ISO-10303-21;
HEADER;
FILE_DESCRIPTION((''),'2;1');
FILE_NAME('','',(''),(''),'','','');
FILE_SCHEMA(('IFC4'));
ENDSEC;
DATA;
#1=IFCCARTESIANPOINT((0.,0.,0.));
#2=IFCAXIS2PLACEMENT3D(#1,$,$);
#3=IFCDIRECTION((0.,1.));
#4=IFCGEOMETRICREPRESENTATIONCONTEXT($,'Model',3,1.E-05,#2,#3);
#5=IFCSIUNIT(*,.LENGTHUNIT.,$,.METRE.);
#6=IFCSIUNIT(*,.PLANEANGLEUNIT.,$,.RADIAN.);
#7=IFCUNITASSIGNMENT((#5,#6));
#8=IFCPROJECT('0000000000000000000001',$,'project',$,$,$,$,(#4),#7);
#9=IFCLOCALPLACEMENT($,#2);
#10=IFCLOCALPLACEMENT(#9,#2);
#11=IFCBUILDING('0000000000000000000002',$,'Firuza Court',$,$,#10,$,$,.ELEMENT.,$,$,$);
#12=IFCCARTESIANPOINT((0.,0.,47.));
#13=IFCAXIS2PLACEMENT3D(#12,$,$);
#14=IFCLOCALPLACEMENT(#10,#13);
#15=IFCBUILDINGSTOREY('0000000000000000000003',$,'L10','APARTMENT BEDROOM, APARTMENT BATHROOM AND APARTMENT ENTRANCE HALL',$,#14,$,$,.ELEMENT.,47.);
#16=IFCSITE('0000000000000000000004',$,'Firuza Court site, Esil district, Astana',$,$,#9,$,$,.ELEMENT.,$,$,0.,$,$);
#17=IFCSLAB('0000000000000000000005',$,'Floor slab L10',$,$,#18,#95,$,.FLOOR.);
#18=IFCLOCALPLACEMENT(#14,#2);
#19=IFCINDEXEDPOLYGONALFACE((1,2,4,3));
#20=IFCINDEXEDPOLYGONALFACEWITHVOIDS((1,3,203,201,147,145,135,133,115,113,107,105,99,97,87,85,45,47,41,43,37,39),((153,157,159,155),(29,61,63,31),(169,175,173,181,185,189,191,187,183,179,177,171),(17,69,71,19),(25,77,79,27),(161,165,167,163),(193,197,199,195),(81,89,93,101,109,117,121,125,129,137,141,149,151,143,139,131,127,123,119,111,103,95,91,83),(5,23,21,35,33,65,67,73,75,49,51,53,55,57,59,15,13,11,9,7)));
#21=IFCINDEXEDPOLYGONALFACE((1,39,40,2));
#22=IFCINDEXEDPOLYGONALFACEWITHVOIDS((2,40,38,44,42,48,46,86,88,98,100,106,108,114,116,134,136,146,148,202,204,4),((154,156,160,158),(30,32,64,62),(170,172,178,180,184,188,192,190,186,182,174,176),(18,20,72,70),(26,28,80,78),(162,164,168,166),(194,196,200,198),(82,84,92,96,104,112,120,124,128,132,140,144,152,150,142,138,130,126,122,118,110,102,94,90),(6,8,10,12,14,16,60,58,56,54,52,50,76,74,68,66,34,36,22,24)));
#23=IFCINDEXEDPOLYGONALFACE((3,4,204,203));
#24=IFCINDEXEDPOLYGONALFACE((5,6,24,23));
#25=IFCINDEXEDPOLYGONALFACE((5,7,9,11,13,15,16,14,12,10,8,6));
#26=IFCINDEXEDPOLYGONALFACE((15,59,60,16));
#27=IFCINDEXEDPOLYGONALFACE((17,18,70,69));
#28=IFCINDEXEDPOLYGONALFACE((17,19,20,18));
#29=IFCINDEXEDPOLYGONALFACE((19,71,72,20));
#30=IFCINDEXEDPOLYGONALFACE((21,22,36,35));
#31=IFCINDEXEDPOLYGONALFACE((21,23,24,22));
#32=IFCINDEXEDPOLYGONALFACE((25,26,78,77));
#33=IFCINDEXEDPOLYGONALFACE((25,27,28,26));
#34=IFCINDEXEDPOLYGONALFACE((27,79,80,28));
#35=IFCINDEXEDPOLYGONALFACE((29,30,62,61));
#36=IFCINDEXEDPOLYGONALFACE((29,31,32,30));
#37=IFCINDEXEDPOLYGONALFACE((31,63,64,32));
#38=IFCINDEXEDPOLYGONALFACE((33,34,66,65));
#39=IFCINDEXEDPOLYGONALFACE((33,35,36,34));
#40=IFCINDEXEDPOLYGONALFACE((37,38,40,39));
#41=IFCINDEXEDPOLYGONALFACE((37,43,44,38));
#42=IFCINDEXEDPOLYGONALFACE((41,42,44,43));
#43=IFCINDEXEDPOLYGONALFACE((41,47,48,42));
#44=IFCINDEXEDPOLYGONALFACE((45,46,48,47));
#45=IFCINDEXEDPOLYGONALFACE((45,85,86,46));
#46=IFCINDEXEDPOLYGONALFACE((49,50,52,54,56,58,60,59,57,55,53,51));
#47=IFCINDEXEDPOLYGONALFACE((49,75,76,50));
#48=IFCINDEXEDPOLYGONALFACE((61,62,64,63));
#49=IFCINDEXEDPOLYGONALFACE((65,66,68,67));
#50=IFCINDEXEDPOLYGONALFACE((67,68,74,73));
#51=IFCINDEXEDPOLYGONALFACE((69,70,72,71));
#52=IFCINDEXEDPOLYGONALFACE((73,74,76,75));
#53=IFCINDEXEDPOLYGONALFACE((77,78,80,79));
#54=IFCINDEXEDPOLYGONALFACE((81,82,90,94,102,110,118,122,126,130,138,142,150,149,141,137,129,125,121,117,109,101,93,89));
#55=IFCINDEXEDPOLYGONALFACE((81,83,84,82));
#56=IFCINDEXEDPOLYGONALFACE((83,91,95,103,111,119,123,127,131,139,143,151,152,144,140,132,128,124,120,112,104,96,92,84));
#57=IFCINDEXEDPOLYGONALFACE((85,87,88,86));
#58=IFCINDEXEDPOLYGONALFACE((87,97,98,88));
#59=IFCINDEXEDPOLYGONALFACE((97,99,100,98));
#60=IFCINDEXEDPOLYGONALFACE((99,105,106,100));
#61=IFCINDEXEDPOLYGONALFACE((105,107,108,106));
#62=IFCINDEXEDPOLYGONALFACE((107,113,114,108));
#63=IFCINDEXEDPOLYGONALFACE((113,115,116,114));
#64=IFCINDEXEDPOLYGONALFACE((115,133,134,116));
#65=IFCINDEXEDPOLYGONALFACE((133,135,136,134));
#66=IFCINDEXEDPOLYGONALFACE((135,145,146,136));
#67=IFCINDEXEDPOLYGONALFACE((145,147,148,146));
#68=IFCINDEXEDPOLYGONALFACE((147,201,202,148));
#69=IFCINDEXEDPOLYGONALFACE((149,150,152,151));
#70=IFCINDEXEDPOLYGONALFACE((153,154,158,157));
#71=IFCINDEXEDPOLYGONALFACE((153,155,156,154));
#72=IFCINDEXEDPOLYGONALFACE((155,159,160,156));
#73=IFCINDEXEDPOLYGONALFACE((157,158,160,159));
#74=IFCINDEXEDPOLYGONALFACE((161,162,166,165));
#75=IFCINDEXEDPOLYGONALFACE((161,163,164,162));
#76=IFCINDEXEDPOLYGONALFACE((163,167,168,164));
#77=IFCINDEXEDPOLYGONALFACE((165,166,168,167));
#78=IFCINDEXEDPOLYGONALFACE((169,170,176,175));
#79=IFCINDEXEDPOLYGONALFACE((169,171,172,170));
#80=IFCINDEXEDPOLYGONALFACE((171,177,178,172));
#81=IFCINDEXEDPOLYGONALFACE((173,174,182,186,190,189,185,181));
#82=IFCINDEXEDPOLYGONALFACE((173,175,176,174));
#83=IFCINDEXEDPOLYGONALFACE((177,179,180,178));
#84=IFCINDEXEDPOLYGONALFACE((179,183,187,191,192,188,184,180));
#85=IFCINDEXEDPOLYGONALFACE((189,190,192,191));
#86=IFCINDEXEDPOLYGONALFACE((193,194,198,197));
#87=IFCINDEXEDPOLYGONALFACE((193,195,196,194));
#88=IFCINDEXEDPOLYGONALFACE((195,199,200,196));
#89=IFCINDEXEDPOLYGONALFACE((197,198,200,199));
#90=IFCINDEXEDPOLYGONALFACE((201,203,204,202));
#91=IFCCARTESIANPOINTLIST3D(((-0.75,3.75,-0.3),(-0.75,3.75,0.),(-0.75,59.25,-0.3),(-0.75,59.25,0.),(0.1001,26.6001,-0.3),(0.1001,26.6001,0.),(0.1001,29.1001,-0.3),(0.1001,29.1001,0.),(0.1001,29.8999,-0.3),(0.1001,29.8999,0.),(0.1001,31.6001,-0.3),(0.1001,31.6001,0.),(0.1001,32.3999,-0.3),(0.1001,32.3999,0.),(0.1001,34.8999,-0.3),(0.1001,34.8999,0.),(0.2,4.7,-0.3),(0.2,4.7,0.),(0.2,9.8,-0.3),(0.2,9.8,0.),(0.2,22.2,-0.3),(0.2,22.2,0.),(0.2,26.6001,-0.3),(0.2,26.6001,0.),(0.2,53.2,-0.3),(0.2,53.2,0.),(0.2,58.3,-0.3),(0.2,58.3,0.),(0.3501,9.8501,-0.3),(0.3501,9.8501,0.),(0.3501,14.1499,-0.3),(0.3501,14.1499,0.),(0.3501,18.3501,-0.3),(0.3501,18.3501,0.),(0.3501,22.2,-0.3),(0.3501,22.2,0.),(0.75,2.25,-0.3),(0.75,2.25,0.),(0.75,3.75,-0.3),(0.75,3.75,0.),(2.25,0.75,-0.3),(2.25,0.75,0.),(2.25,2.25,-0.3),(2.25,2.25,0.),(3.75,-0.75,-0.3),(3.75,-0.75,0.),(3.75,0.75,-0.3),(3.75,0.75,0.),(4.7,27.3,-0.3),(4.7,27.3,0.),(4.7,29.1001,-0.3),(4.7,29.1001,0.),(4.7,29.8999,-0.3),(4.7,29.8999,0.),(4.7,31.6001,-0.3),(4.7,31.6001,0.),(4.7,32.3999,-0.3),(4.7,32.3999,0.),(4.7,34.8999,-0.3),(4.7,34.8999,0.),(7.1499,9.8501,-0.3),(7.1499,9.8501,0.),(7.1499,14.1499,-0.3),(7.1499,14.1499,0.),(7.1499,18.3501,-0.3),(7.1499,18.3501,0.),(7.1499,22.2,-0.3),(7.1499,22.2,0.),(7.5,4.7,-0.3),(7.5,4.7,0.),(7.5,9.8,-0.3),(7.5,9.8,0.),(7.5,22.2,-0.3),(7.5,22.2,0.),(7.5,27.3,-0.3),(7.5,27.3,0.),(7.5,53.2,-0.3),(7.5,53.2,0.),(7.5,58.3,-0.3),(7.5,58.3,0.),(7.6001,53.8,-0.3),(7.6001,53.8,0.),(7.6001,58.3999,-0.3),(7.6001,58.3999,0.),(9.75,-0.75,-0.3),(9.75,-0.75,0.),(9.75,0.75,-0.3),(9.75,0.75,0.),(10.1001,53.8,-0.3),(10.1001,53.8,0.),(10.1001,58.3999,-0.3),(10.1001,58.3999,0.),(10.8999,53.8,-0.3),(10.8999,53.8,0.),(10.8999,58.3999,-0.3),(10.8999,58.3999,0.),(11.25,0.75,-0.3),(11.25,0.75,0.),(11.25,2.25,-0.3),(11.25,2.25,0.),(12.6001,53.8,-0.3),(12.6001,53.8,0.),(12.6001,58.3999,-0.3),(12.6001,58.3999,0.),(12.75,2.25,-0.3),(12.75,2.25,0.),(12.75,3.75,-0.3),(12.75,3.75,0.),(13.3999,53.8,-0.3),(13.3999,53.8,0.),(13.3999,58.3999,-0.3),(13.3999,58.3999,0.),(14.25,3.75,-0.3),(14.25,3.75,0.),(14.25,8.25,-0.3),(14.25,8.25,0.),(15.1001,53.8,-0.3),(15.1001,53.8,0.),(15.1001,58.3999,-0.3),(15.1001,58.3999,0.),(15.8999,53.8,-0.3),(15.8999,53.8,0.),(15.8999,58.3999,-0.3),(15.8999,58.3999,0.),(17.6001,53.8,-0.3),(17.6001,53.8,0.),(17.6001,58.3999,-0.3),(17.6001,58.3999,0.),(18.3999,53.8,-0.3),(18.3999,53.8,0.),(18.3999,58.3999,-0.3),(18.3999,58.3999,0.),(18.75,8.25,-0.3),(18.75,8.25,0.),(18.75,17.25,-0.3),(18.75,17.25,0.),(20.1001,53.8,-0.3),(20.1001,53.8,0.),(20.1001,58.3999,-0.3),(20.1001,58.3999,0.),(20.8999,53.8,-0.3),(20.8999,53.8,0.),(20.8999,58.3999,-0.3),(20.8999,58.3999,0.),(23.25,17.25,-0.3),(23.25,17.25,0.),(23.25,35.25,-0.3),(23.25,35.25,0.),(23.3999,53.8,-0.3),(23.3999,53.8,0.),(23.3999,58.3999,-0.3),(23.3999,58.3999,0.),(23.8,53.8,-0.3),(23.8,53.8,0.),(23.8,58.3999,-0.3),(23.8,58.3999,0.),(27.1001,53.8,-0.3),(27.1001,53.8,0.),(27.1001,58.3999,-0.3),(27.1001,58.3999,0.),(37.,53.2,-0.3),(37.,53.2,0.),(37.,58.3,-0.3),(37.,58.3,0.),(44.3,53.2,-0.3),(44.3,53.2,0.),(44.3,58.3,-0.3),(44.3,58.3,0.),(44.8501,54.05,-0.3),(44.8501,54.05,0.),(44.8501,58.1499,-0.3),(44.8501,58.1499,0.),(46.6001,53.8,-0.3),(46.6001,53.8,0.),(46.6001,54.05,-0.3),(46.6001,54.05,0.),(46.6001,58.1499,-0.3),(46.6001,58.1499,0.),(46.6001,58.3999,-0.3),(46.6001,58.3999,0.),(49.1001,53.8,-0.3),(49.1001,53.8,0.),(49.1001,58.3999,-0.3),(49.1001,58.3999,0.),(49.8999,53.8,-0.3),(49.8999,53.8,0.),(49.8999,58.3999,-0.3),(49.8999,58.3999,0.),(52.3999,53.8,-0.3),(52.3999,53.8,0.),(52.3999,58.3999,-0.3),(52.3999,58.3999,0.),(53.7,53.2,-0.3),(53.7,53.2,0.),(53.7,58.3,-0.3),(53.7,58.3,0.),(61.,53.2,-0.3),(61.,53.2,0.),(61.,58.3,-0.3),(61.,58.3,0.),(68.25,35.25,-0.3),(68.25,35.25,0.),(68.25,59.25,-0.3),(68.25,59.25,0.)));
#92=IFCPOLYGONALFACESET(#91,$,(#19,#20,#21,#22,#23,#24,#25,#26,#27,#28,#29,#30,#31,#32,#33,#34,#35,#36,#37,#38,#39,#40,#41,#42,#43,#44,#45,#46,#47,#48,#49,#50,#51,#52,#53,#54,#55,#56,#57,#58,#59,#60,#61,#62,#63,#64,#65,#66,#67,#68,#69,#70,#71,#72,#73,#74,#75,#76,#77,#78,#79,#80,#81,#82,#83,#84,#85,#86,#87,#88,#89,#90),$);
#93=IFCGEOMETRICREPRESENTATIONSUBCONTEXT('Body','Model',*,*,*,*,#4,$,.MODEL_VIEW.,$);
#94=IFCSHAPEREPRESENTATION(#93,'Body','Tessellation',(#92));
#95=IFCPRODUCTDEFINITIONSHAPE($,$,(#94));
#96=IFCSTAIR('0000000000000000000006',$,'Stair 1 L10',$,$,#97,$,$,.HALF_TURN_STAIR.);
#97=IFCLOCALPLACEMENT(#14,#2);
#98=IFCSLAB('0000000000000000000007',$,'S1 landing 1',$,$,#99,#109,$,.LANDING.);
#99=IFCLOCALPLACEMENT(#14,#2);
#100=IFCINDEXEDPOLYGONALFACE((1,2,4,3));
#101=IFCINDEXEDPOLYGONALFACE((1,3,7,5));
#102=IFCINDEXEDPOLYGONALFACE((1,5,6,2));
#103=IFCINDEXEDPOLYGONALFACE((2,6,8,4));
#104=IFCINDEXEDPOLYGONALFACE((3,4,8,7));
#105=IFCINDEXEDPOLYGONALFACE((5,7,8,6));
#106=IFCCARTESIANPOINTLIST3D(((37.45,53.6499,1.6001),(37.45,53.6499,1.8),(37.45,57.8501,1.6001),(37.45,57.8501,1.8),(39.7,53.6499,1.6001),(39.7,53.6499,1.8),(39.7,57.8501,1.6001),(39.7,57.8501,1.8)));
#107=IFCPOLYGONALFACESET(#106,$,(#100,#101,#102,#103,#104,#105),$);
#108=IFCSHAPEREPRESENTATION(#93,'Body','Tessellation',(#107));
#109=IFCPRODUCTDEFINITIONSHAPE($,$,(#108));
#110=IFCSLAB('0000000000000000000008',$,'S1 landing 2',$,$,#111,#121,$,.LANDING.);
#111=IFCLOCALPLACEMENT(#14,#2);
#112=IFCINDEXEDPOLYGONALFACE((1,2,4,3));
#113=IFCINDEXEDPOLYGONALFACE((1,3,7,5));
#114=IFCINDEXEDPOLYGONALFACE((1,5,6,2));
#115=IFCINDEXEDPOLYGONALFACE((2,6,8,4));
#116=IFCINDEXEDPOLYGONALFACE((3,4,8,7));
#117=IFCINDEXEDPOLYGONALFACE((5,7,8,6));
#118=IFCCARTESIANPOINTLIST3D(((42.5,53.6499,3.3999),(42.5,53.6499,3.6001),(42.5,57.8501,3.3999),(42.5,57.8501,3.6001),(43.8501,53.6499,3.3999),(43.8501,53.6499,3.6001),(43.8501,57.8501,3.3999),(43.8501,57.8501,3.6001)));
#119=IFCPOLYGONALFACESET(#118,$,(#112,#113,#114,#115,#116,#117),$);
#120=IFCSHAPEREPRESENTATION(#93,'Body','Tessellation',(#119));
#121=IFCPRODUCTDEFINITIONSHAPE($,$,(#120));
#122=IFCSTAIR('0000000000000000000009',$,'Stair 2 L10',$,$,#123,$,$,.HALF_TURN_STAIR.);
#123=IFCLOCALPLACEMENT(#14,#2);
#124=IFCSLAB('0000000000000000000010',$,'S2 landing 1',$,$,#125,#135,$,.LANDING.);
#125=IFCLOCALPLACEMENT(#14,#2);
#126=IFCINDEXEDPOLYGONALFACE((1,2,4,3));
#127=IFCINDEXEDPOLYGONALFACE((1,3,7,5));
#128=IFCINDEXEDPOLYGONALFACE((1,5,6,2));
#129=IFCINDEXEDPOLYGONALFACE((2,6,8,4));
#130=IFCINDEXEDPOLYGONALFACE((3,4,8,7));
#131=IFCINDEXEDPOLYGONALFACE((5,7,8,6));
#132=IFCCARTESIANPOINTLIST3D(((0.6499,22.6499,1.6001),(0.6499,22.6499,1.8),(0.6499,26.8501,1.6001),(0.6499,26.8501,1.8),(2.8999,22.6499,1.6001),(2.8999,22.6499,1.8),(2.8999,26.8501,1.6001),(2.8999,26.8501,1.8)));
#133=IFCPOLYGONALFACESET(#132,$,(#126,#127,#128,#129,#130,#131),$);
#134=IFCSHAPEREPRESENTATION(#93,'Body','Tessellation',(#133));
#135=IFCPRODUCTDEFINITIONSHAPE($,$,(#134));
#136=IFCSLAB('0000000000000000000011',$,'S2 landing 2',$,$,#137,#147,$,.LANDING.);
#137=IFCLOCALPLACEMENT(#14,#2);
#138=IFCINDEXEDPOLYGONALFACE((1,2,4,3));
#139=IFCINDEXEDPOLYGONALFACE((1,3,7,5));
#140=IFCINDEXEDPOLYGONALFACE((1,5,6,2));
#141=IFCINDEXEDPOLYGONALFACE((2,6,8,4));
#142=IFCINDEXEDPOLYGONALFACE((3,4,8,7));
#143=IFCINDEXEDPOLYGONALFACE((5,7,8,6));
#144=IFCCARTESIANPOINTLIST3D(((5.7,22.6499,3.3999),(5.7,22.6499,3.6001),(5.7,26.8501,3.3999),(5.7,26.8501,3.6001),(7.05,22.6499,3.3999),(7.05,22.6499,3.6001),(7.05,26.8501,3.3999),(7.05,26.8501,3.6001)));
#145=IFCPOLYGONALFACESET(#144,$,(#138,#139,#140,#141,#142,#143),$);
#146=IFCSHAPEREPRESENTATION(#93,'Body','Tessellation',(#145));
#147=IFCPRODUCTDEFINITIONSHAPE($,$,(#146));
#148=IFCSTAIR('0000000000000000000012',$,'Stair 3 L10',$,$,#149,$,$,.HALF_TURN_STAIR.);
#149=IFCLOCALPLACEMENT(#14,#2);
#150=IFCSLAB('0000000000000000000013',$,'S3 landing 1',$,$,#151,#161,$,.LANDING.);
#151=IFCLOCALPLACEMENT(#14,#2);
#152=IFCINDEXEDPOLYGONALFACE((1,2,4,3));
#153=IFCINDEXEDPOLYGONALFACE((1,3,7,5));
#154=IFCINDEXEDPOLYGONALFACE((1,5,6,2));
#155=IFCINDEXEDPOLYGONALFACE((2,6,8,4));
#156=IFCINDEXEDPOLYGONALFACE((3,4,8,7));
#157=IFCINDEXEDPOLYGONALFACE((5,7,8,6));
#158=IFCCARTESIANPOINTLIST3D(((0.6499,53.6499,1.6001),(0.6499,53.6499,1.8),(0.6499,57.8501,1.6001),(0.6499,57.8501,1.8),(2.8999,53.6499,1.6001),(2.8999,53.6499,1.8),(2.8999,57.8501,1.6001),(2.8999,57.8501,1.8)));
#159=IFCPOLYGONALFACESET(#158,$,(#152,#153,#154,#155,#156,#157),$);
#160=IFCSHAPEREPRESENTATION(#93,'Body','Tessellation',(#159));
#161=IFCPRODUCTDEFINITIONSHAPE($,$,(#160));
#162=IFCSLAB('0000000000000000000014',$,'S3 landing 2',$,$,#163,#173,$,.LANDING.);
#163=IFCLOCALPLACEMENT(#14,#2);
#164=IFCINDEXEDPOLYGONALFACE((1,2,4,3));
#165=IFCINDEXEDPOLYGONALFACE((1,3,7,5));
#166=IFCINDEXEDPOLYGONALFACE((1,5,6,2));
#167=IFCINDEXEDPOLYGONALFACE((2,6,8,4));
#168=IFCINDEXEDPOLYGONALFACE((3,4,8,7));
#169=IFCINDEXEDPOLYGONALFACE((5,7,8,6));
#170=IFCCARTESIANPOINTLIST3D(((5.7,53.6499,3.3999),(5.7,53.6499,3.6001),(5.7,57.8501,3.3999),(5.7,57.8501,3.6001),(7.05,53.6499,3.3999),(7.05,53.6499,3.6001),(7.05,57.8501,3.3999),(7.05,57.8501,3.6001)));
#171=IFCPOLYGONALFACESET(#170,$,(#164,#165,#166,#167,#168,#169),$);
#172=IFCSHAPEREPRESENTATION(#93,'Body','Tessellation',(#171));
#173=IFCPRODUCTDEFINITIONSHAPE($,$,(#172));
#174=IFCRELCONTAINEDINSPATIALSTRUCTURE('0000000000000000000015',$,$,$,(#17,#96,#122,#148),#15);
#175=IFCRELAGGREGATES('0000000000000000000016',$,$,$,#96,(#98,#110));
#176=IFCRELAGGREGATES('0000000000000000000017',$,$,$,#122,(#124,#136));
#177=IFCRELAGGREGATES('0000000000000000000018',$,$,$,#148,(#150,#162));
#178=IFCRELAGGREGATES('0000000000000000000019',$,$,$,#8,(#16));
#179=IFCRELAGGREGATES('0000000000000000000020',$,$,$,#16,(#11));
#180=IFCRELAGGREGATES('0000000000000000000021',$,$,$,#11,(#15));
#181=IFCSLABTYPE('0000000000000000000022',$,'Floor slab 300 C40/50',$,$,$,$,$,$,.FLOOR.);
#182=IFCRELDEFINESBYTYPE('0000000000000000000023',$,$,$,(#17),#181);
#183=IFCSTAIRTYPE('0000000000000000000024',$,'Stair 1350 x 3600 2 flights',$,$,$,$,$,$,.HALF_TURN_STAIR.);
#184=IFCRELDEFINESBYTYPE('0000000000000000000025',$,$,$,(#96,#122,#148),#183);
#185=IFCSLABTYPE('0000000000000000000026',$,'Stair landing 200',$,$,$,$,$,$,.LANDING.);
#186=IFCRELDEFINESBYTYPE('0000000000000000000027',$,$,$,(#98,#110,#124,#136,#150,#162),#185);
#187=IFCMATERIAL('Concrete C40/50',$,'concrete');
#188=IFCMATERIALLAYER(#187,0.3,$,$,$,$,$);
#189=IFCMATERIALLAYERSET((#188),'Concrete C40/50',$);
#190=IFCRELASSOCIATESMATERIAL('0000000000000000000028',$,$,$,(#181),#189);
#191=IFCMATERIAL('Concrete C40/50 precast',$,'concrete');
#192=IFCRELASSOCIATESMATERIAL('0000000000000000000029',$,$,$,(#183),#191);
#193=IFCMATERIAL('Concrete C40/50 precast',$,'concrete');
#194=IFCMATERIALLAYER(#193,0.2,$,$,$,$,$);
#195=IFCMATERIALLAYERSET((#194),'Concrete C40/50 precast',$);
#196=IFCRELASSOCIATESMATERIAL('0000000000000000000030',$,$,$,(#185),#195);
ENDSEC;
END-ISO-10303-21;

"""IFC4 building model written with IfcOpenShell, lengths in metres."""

from ifc_helpers import new_model, si_unit, direction, frame, origin, place, context, subcontext, project, spatial, polyline, outline, extrude, material, layer, layer_set, type_object, element, aggregate, save


model = new_model("IFC4")

# Units and contexts
model_context = context("Model", 3, precision=1e-05, world=origin(), true_north=direction((0.0, 1.0)))
body_context = subcontext(model_context, "Body", "Model", "MODEL_VIEW")
ifc_project = project(units=[si_unit("LENGTHUNIT", "METRE"), si_unit("PLANEANGLEUNIT", "RADIAN")], contexts=[model_context])

# Site, building, storey
site_placement = place(None, origin())
site = spatial("IfcSite", under=ifc_project, at=site_placement, Name="Firuza Court site, Esil district, Astana", CompositionType="ELEMENT", RefElevation=0.0)
building_placement = place(site_placement, origin())
building = spatial("IfcBuilding", under=site, at=building_placement, Name="Firuza Court", CompositionType="ELEMENT")
storey_placement = place(building_placement, frame((0.0, 0.0, 47.0)))
storey = spatial("IfcBuildingStorey", under=building, at=storey_placement, Name="L10", Description="APARTMENT BEDROOM, APARTMENT BATHROOM AND APARTMENT ENTRANCE HALL", CompositionType="ELEMENT", Elevation=47.0)

# Slab
ifc_material_1 = material(Name="Concrete C40/50", Category="concrete")
ifc_layer_1 = layer(ifc_material_1, 0.3)
ifc_layer_set_1 = layer_set([ifc_layer_1], Name="Concrete C40/50")
slab_type_1 = type_object("IfcSlabType", Name="Floor slab 300 C40/50", PredefinedType="FLOOR", material=ifc_layer_set_1)
slab_1_placement = place(storey_placement, frame((0.0, 0.0, -0.3)))
element("IfcSlab", 1, at=slab_1_placement, inside=storey, type_object=slab_type_1, Name="Floor slab L10", PredefinedType="FLOOR", context=body_context, shape_type="SweptSolid", body=[
    extrude(outline(polyline([(3.75, -0.75), (3.75, 0.75), (2.25, 0.75), (2.25, 2.25), (0.75, 2.25), (0.75, 3.75), (-0.75, 3.75), (-0.75, 59.25), (68.25, 59.25), (68.25, 35.25), (23.25, 35.25), (23.25, 17.25), (18.75, 17.25), (18.75, 8.25), (14.25, 8.25), (14.25, 3.75), (12.75, 3.75), (12.75, 2.25), (11.25, 2.25), (11.25, 0.75), (9.75, 0.75), (9.75, -0.75), (3.75, -0.75)]), holes=[polyline([(7.5, 9.8), (0.2, 9.8), (0.2, 4.7), (7.5, 4.7), (7.5, 9.8)]), polyline([(7.1499, 14.1499), (0.3501, 14.1499), (0.3501, 9.8501), (7.1499, 9.8501), (7.1499, 14.1499)]), polyline([(0.2, 22.2), (0.3501, 22.2), (0.3501, 18.3501), (7.1499, 18.3501), (7.1499, 22.2), (7.5, 22.2), (7.5, 27.3), (4.7, 27.3), (4.7, 29.1001), (4.7, 29.8999), (4.7, 31.6001), (4.7, 32.3999), (4.7, 34.8999), (0.1001, 34.8999), (0.1001, 32.3999), (0.1001, 31.6001), (0.1001, 29.8999), (0.1001, 29.1001), (0.1001, 26.6001), (0.2, 26.6001), (0.2, 22.2)]), polyline([(7.5, 58.3), (0.2, 58.3), (0.2, 53.2), (7.5, 53.2), (7.5, 58.3)]), polyline([(10.1001, 58.3999), (7.6001, 58.3999), (7.6001, 53.8), (10.1001, 53.8), (10.8999, 53.8), (12.6001, 53.8), (13.3999, 53.8), (15.1001, 53.8), (15.8999, 53.8), (17.6001, 53.8), (18.3999, 53.8), (20.1001, 53.8), (20.8999, 53.8), (23.3999, 53.8), (23.3999, 58.3999), (20.8999, 58.3999), (20.1001, 58.3999), (18.3999, 58.3999), (17.6001, 58.3999), (15.8999, 58.3999), (15.1001, 58.3999), (13.3999, 58.3999), (12.6001, 58.3999), (10.8999, 58.3999), (10.1001, 58.3999)]), polyline([(44.3, 58.3), (37.0, 58.3), (37.0, 53.2), (44.3, 53.2), (44.3, 58.3)]), polyline([(61.0, 58.3), (53.7, 58.3), (53.7, 53.2), (61.0, 53.2), (61.0, 58.3)]), polyline([(27.1001, 58.3999), (23.8, 58.3999), (23.8, 53.8), (27.1001, 53.8), (27.1001, 58.3999)]), polyline([(46.6001, 58.1499), (44.8501, 58.1499), (44.8501, 54.05), (46.6001, 54.05), (46.6001, 53.8), (49.1001, 53.8), (49.8999, 53.8), (52.3999, 53.8), (52.3999, 58.3999), (49.8999, 58.3999), (49.1001, 58.3999), (46.6001, 58.3999), (46.6001, 58.1499)])]), origin(), (0.0, 0.0, 1.0), 0.3),
])

# Stairs, slabs
ifc_material_2 = material(Name="Concrete C40/50 precast", Category="concrete")
stair_type = type_object("IfcStairType", Name="Stair 1350 x 3600 2 flights", PredefinedType="HALF_TURN_STAIR", material=ifc_material_2)
stair_1_placement = place(storey_placement, origin())
stair_1 = element("IfcStair", 2, at=stair_1_placement, inside=storey, type_object=stair_type, Name="Stair 1 L10", PredefinedType="HALF_TURN_STAIR")
ifc_material_3 = material(Name="Concrete C40/50 precast", Category="concrete")
ifc_layer_2 = layer(ifc_material_3, 0.2)
ifc_layer_set_2 = layer_set([ifc_layer_2], Name="Concrete C40/50 precast")
slab_type_2 = type_object("IfcSlabType", Name="Stair landing 200", PredefinedType="LANDING", material=ifc_layer_set_2)
slab_2_placement = place(storey_placement, frame((0.0, 0.0, 1.6001)))
slab_2 = element("IfcSlab", 3, at=slab_2_placement, type_object=slab_type_2, Name="S1 landing 1", PredefinedType="LANDING", context=body_context, shape_type="SweptSolid", body=[
    extrude(outline(polyline([(39.7, 53.6499), (39.7, 57.8501), (37.45, 57.8501), (37.45, 53.6499), (39.7, 53.6499)])), origin(), (0.0, 0.0, 1.0), 0.2),
])
slab_3_placement = place(storey_placement, frame((0.0, 0.0, 3.3999)))
slab_3 = element("IfcSlab", 4, at=slab_3_placement, type_object=slab_type_2, Name="S1 landing 2", PredefinedType="LANDING", context=body_context, shape_type="SweptSolid", body=[
    extrude(outline(polyline([(43.8501, 53.6499), (43.8501, 57.8501), (42.5, 57.8501), (42.5, 53.6499), (43.8501, 53.6499)])), origin(), (0.0, 0.0, 1.0), 0.2002),
])
aggregate(stair_1, [slab_2, slab_3])
stair_2_placement = place(storey_placement, origin())
stair_2 = element("IfcStair", 5, at=stair_2_placement, inside=storey, type_object=stair_type, Name="Stair 2 L10", PredefinedType="HALF_TURN_STAIR")
slab_4_placement = place(storey_placement, frame((0.0, 0.0, 1.6001)))
slab_4 = element("IfcSlab", 6, at=slab_4_placement, type_object=slab_type_2, Name="S2 landing 1", PredefinedType="LANDING", context=body_context, shape_type="SweptSolid", body=[
    extrude(outline(polyline([(2.8999, 22.6499), (2.8999, 26.8501), (0.6499, 26.8501), (0.6499, 22.6499), (2.8999, 22.6499)])), origin(), (0.0, 0.0, 1.0), 0.2),
])
slab_5_placement = place(storey_placement, frame((0.0, 0.0, 3.3999)))
slab_5 = element("IfcSlab", 7, at=slab_5_placement, type_object=slab_type_2, Name="S2 landing 2", PredefinedType="LANDING", context=body_context, shape_type="SweptSolid", body=[
    extrude(outline(polyline([(7.05, 22.6499), (7.05, 26.8501), (5.7, 26.8501), (5.7, 22.6499), (7.05, 22.6499)])), origin(), (0.0, 0.0, 1.0), 0.2002),
])
aggregate(stair_2, [slab_4, slab_5])
stair_3_placement = place(storey_placement, origin())
stair_3 = element("IfcStair", 8, at=stair_3_placement, inside=storey, type_object=stair_type, Name="Stair 3 L10", PredefinedType="HALF_TURN_STAIR")
slab_6_placement = place(storey_placement, frame((0.0, 0.0, 1.6001)))
slab_6 = element("IfcSlab", 9, at=slab_6_placement, type_object=slab_type_2, Name="S3 landing 1", PredefinedType="LANDING", context=body_context, shape_type="SweptSolid", body=[
    extrude(outline(polyline([(2.8999, 53.6499), (2.8999, 57.8501), (0.6499, 57.8501), (0.6499, 53.6499), (2.8999, 53.6499)])), origin(), (0.0, 0.0, 1.0), 0.2),
])
slab_7_placement = place(storey_placement, frame((0.0, 0.0, 3.3999)))
slab_7 = element("IfcSlab", 10, at=slab_7_placement, type_object=slab_type_2, Name="S3 landing 2", PredefinedType="LANDING", context=body_context, shape_type="SweptSolid", body=[
    extrude(outline(polyline([(7.05, 53.6499), (7.05, 57.8501), (5.7, 57.8501), (5.7, 53.6499), (7.05, 53.6499)])), origin(), (0.0, 0.0, 1.0), 0.2002),
])
aggregate(stair_3, [slab_6, slab_7])

save(model, "model.ifc")
